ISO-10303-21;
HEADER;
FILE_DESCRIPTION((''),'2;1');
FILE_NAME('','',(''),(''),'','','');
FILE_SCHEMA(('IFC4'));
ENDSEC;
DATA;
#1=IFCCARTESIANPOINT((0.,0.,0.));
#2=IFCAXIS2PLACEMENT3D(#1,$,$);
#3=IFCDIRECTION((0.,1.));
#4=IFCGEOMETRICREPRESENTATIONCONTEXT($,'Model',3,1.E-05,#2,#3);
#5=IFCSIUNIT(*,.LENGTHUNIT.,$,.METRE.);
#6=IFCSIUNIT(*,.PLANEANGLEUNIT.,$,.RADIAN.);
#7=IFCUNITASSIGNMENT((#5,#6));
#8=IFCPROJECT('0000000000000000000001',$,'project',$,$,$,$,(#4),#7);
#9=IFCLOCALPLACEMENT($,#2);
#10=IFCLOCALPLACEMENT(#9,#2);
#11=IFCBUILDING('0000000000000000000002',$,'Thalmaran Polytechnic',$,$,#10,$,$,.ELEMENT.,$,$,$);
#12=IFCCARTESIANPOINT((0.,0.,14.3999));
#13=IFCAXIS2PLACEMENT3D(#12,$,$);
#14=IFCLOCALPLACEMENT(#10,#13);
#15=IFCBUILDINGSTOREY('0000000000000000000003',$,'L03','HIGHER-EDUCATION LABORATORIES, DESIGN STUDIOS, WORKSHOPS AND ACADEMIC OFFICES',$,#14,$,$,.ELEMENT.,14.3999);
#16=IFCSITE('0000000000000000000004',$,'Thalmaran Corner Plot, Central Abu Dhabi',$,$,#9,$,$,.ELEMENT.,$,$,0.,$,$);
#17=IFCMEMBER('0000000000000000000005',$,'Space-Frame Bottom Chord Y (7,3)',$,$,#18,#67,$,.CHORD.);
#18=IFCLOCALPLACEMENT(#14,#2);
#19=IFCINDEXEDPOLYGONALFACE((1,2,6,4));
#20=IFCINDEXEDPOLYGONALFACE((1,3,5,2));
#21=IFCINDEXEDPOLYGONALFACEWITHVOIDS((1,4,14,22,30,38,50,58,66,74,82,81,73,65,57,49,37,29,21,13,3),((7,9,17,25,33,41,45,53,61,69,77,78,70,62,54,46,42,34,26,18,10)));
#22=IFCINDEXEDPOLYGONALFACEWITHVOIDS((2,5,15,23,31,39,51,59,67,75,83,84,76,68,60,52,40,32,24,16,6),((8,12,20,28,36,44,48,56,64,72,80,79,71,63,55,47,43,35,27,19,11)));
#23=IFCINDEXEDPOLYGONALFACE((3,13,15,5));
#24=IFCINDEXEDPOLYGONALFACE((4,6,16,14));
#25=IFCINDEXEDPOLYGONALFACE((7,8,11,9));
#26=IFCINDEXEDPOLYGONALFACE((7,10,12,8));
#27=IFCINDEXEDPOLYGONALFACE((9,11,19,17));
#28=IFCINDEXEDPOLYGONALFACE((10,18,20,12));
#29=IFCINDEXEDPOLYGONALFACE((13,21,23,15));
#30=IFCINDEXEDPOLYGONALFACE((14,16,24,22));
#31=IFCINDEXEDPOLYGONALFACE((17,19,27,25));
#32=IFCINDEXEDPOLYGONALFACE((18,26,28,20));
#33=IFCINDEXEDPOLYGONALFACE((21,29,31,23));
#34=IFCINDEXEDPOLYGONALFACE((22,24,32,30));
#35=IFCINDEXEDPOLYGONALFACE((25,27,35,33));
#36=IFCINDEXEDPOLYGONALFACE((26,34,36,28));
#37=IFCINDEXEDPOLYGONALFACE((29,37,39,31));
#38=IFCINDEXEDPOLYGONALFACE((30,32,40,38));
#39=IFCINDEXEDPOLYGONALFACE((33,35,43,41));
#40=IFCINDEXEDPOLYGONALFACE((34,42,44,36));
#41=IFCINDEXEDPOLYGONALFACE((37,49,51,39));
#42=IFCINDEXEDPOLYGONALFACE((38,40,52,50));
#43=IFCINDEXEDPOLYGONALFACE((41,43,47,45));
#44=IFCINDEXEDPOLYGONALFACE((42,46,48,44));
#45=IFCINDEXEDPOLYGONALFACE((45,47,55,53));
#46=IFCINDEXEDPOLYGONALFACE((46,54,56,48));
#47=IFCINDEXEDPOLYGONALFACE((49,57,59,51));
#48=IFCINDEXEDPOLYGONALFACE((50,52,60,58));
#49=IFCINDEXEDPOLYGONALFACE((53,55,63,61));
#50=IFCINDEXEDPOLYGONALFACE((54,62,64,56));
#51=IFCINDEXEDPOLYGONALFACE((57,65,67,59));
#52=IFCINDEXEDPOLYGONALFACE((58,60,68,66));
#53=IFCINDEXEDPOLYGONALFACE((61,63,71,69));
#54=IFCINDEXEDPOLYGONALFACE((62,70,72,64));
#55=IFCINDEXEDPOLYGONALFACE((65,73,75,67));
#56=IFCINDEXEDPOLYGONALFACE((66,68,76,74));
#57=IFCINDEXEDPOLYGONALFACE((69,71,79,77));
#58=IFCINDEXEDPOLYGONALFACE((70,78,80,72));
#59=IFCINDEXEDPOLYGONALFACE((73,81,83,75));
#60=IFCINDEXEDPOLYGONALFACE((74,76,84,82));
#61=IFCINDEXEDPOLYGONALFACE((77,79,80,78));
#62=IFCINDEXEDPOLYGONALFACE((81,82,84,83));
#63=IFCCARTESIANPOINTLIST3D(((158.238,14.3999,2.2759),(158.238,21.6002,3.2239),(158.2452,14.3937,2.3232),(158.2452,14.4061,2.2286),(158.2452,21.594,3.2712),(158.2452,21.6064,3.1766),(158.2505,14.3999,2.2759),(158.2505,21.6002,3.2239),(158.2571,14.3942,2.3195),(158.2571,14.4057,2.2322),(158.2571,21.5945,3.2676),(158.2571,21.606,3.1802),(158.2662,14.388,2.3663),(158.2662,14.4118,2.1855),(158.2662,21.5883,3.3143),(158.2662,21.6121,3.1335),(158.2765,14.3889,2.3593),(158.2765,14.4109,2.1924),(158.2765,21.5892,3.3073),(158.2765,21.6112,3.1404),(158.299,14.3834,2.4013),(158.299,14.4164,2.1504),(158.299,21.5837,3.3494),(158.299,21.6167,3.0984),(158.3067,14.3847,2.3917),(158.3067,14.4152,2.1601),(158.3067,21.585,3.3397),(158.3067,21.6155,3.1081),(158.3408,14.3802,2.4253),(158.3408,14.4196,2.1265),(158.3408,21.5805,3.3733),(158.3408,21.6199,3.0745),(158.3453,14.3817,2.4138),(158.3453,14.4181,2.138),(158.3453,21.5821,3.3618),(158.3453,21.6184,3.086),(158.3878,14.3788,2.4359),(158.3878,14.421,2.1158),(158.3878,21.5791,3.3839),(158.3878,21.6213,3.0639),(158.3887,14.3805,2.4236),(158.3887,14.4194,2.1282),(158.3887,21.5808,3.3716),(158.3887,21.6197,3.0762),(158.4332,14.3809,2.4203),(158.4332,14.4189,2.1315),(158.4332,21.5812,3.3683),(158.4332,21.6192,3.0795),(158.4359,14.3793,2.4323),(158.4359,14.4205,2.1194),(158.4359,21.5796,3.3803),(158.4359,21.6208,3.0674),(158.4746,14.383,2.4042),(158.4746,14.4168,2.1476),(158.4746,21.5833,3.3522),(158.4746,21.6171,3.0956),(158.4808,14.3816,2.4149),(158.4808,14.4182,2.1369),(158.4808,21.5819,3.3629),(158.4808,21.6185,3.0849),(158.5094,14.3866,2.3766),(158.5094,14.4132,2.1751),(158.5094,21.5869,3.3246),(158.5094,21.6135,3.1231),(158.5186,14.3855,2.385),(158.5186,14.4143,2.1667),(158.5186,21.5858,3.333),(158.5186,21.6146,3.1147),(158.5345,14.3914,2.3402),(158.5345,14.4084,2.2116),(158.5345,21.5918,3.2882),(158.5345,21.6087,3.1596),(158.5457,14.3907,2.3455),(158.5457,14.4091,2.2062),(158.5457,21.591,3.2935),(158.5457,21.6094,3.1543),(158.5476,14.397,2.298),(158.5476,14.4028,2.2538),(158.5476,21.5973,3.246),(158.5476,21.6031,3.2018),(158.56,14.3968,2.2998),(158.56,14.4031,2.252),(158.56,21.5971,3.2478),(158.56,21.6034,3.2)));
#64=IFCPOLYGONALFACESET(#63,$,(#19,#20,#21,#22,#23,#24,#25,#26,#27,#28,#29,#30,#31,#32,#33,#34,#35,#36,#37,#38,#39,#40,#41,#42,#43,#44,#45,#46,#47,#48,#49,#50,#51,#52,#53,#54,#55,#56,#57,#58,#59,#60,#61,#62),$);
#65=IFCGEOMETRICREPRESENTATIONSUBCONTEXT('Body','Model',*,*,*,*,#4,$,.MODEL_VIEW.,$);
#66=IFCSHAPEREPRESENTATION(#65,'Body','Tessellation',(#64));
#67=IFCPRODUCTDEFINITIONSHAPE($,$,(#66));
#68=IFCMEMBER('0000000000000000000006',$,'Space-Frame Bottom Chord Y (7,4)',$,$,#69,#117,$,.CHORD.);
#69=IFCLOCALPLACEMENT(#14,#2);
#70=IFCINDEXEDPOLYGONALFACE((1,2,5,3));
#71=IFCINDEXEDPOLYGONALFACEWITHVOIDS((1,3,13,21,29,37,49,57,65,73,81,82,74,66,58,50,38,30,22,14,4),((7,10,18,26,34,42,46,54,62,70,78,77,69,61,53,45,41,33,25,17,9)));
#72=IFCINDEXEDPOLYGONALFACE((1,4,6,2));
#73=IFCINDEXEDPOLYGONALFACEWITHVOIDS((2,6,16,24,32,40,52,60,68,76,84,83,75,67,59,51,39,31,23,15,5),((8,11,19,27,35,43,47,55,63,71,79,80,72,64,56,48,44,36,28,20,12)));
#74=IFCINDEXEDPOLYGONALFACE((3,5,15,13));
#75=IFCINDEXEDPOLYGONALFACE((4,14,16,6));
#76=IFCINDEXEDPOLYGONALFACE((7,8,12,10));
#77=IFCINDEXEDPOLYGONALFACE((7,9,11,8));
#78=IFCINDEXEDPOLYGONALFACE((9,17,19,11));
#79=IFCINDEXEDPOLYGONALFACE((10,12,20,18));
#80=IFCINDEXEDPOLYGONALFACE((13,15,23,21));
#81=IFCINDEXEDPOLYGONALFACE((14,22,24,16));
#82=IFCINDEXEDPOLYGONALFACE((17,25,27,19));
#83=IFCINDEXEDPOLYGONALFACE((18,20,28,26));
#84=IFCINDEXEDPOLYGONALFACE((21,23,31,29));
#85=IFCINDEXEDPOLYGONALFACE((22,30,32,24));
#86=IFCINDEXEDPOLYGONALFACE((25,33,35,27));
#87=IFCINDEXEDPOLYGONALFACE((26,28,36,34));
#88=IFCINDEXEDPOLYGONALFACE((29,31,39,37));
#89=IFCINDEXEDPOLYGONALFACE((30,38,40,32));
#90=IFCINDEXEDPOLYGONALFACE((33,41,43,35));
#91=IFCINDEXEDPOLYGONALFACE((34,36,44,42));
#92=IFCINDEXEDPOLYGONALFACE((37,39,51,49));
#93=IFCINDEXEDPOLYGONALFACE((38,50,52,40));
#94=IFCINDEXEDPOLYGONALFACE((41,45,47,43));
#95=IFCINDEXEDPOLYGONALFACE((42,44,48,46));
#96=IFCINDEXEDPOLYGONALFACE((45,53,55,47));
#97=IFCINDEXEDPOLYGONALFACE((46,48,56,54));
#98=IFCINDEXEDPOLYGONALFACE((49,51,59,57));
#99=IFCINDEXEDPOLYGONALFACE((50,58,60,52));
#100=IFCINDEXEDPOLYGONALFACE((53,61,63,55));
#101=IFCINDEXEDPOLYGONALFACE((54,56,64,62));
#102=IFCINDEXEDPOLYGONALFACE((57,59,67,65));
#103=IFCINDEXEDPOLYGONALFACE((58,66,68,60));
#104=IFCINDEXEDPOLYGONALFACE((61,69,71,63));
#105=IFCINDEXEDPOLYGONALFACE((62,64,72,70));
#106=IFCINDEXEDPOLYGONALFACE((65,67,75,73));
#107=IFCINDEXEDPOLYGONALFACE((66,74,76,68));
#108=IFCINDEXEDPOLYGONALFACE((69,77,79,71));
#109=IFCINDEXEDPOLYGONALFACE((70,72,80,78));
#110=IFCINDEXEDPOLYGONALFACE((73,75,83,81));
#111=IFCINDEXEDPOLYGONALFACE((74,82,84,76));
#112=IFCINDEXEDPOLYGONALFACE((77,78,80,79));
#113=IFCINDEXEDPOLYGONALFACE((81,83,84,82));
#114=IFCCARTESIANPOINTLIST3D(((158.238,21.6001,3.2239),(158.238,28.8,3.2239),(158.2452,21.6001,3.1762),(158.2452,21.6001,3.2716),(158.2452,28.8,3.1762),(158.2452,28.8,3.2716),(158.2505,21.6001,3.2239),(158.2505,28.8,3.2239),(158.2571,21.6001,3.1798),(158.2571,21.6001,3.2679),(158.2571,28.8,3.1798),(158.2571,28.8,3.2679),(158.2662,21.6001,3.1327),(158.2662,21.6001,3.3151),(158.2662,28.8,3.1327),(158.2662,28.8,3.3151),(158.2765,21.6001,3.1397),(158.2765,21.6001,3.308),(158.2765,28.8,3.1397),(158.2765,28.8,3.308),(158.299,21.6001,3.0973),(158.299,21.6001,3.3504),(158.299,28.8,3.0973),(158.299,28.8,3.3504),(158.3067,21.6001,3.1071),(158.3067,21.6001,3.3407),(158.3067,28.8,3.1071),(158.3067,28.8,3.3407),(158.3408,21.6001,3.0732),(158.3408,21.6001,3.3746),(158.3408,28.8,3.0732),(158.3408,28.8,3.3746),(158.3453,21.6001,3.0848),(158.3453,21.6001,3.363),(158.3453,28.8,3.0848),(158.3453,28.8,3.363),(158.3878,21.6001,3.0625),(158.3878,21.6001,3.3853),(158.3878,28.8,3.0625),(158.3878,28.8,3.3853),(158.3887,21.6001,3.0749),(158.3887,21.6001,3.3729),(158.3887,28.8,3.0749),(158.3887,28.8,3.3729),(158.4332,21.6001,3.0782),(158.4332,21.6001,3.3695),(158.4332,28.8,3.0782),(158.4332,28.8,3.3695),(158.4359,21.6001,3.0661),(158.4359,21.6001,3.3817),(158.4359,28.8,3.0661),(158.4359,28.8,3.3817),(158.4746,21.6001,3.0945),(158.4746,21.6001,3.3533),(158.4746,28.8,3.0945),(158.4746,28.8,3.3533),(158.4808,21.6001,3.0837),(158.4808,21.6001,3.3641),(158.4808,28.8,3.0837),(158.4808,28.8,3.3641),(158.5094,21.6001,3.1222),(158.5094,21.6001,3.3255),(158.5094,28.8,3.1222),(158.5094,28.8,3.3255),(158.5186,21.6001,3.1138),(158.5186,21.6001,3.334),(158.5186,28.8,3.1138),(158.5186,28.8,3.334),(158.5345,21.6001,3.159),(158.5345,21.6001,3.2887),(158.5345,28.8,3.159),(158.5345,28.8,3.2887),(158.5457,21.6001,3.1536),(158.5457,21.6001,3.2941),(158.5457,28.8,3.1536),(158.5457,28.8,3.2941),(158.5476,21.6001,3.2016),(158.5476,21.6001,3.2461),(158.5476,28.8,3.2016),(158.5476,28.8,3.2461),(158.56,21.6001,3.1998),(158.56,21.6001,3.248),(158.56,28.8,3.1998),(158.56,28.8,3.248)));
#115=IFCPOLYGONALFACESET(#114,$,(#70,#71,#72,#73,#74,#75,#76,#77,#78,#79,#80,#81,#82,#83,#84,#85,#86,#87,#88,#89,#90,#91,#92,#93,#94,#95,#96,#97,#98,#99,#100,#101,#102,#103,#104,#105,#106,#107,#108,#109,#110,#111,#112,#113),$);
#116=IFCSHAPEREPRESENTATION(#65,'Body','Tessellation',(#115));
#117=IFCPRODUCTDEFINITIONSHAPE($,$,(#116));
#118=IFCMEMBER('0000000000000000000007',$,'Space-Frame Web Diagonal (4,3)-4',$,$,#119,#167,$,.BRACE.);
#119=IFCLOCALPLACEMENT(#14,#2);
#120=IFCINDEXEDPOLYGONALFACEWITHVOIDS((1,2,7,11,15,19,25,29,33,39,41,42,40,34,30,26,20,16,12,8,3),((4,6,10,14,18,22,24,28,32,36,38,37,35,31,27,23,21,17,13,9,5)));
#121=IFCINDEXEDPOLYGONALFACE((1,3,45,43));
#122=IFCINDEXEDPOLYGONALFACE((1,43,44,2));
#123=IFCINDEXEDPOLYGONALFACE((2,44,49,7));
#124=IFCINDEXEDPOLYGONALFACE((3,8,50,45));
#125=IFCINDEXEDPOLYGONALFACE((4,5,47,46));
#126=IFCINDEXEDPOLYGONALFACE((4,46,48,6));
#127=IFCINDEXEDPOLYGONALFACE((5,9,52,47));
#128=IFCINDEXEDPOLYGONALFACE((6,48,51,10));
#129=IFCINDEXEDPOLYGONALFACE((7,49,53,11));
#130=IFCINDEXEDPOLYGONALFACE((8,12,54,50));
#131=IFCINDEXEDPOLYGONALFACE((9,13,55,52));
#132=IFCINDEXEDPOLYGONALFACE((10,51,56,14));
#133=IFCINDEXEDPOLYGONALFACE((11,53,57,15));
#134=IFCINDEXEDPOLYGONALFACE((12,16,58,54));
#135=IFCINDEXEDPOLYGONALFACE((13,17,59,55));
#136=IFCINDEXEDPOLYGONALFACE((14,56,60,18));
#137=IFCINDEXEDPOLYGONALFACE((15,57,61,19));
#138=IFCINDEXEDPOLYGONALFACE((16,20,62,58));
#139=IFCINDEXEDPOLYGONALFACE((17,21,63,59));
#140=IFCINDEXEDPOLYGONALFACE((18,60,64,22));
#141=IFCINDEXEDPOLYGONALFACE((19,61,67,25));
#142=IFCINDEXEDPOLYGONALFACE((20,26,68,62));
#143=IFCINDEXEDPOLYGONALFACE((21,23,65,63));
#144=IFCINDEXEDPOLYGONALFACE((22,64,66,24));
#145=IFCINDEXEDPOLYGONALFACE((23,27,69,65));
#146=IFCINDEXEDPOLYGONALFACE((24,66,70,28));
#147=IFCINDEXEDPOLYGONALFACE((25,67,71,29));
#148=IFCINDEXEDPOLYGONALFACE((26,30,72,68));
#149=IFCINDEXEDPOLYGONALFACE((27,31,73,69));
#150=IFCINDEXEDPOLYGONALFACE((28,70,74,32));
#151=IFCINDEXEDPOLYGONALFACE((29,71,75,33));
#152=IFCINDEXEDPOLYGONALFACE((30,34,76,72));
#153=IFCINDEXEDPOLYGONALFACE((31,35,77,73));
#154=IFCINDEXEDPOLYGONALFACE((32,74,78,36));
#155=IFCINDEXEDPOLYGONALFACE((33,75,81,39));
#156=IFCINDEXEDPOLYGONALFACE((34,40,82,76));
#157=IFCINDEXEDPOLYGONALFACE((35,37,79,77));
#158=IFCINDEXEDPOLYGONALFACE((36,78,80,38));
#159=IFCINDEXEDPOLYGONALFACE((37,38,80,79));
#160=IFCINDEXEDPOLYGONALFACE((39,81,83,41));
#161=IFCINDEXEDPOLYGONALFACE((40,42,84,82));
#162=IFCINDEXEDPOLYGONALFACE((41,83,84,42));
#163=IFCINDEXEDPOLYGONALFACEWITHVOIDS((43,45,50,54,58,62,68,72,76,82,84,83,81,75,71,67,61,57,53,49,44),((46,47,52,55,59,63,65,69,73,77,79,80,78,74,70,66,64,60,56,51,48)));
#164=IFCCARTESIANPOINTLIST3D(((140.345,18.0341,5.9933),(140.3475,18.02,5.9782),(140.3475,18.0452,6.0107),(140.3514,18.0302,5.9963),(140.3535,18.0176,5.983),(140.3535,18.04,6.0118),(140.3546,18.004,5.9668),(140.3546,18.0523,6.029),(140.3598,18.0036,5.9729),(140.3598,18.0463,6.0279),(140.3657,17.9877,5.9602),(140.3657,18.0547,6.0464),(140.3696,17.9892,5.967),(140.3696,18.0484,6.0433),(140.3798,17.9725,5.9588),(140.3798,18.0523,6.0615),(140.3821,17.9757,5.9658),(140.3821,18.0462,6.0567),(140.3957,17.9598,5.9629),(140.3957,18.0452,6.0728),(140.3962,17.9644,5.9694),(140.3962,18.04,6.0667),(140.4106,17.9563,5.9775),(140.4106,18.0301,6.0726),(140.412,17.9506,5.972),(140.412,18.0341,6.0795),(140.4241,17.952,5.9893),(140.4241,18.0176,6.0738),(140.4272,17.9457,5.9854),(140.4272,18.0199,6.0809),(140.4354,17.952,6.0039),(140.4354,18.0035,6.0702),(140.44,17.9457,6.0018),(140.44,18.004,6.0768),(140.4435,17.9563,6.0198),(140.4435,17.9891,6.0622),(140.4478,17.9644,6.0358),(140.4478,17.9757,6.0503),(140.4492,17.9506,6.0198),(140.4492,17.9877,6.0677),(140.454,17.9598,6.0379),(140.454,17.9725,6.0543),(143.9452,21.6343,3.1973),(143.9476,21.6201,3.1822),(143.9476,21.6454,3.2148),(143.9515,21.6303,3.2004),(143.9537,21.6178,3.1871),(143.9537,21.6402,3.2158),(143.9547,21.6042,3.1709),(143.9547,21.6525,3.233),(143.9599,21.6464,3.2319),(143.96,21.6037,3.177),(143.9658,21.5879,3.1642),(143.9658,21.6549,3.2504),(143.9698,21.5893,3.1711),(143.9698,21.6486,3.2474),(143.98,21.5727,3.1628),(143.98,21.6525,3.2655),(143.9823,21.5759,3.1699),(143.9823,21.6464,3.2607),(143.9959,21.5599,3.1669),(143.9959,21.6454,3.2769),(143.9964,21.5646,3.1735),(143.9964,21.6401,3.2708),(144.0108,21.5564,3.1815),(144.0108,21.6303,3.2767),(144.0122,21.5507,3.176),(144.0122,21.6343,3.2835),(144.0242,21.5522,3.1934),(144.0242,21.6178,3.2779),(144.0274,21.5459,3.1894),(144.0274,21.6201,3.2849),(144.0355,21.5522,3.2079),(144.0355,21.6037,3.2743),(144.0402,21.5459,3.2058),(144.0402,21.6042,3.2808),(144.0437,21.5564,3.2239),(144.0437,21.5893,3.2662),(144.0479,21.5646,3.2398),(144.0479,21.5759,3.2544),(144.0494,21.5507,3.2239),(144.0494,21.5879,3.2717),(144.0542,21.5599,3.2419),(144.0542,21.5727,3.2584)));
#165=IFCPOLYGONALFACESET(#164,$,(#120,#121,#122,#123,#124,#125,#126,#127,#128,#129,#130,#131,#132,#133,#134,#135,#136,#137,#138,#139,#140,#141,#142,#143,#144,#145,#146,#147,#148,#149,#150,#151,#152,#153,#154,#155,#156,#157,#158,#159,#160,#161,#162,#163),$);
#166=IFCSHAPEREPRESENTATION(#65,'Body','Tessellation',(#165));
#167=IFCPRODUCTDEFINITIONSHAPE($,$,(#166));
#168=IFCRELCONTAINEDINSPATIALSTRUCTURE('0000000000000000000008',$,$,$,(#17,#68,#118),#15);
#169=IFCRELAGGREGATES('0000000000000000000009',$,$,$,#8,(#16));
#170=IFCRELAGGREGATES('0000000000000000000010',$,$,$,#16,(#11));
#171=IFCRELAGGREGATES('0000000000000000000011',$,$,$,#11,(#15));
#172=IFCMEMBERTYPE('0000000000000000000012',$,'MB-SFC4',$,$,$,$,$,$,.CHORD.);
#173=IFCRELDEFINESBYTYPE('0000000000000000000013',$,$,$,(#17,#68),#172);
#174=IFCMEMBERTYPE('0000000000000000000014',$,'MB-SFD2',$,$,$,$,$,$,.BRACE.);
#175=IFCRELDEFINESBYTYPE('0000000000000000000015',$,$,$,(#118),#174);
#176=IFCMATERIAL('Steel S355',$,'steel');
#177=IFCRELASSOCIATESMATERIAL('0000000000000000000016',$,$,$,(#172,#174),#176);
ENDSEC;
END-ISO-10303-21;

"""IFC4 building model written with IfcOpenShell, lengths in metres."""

from ifc_helpers import new_model, si_unit, direction, frame, origin, origin_2d, place, context, subcontext, project, spatial, hollow_circle, extrude, material, material_profile, profile_set, type_object, element, save


model = new_model("IFC4")

# Units and contexts
model_context = context("Model", 3, precision=1e-05, world=origin(), true_north=direction((0.0, 1.0)))
body_context = subcontext(model_context, "Body", "Model", "MODEL_VIEW")
ifc_project = project(units=[si_unit("LENGTHUNIT", "METRE"), si_unit("PLANEANGLEUNIT", "RADIAN")], contexts=[model_context])

# Site, building, storey
site_placement = place(None, origin())
site = spatial("IfcSite", under=ifc_project, at=site_placement, Name="Thalmaran Corner Plot, Central Abu Dhabi", CompositionType="ELEMENT", RefElevation=0.0)
building_placement = place(site_placement, origin())
building = spatial("IfcBuilding", under=site, at=building_placement, Name="Thalmaran Polytechnic", CompositionType="ELEMENT")
storey_placement = place(building_placement, frame((0.0, 0.0, 14.3999)))
storey = spatial("IfcBuildingStorey", under=building, at=storey_placement, Name="L03", Description="HIGHER-EDUCATION LABORATORIES, DESIGN STUDIOS, WORKSHOPS AND ACADEMIC OFFICES", CompositionType="ELEMENT", Elevation=14.3999)

# Members
ifc_material = material(Name="Steel S355", Category="steel")
ifc_material_profile_1 = material_profile(ifc_material, hollow_circle(Radius=0.1619, WallThickness=0.0125, at=origin_2d()), Name="CHS 323.9x12.5")
ifc_profile_set_1 = profile_set([ifc_material_profile_1], Name="Steel S355")
member_type_1 = type_object("IfcMemberType", Name="MB-SFC4", PredefinedType="CHORD", material=ifc_profile_set_1)
member_1_placement = place(storey_placement, frame((158.3999, 14.3999, 2.2759), z_axis=(0.0, 0.991444, 0.130536), x_axis=(-1.0, 0.0, 0.0)))
element("IfcMember", 1, at=member_1_placement, inside=storey, type_object=member_type_1, Name="Space-Frame Bottom Chord Y (7,3)", PredefinedType="CHORD", context=body_context, shape_type="SweptSolid", body=[
    extrude(hollow_circle(Radius=0.1619, WallThickness=0.0125, at=origin_2d()), origin(), (0.0, 0.0, 1.0), 7.2625),
])
member_2_placement = place(storey_placement, frame((158.3999, 21.6001, 3.2239), z_axis=(0.0, 1.0, 0.0), x_axis=(-1.0, 0.0, 0.0)))
element("IfcMember", 2, at=member_2_placement, inside=storey, type_object=member_type_1, Name="Space-Frame Bottom Chord Y (7,4)", PredefinedType="CHORD", context=body_context, shape_type="SweptSolid", body=[
    extrude(hollow_circle(Radius=0.1619, WallThickness=0.0125, at=origin_2d()), origin(), (0.0, 0.0, 1.0), 7.2),
])
ifc_material_profile_2 = material_profile(ifc_material, hollow_circle(Radius=0.0698, WallThickness=0.0081, at=origin_2d()), Name="CHS 139.7x8.0")
ifc_profile_set_2 = profile_set([ifc_material_profile_2], Name="Steel S355")
member_type_2 = type_object("IfcMemberType", Name="MB-SFD2", PredefinedType="BRACE", material=ifc_profile_set_2)
member_3_placement = place(storey_placement, frame((144.0, 21.6001, 3.2239), z_axis=(-0.6198, -0.6198, 0.481348), x_axis=(0.707107, -0.707107, 0.0)))
element("IfcMember", 3, at=member_3_placement, inside=storey, type_object=member_type_2, Name="Space-Frame Web Diagonal (4,3)-4", PredefinedType="BRACE", context=body_context, shape_type="SweptSolid", body=[
    extrude(hollow_circle(Radius=0.0698, WallThickness=0.0081, at=origin_2d()), origin(), (0.0, 0.0, 1.0), 5.8086),
])

save(model, "model.ifc")
